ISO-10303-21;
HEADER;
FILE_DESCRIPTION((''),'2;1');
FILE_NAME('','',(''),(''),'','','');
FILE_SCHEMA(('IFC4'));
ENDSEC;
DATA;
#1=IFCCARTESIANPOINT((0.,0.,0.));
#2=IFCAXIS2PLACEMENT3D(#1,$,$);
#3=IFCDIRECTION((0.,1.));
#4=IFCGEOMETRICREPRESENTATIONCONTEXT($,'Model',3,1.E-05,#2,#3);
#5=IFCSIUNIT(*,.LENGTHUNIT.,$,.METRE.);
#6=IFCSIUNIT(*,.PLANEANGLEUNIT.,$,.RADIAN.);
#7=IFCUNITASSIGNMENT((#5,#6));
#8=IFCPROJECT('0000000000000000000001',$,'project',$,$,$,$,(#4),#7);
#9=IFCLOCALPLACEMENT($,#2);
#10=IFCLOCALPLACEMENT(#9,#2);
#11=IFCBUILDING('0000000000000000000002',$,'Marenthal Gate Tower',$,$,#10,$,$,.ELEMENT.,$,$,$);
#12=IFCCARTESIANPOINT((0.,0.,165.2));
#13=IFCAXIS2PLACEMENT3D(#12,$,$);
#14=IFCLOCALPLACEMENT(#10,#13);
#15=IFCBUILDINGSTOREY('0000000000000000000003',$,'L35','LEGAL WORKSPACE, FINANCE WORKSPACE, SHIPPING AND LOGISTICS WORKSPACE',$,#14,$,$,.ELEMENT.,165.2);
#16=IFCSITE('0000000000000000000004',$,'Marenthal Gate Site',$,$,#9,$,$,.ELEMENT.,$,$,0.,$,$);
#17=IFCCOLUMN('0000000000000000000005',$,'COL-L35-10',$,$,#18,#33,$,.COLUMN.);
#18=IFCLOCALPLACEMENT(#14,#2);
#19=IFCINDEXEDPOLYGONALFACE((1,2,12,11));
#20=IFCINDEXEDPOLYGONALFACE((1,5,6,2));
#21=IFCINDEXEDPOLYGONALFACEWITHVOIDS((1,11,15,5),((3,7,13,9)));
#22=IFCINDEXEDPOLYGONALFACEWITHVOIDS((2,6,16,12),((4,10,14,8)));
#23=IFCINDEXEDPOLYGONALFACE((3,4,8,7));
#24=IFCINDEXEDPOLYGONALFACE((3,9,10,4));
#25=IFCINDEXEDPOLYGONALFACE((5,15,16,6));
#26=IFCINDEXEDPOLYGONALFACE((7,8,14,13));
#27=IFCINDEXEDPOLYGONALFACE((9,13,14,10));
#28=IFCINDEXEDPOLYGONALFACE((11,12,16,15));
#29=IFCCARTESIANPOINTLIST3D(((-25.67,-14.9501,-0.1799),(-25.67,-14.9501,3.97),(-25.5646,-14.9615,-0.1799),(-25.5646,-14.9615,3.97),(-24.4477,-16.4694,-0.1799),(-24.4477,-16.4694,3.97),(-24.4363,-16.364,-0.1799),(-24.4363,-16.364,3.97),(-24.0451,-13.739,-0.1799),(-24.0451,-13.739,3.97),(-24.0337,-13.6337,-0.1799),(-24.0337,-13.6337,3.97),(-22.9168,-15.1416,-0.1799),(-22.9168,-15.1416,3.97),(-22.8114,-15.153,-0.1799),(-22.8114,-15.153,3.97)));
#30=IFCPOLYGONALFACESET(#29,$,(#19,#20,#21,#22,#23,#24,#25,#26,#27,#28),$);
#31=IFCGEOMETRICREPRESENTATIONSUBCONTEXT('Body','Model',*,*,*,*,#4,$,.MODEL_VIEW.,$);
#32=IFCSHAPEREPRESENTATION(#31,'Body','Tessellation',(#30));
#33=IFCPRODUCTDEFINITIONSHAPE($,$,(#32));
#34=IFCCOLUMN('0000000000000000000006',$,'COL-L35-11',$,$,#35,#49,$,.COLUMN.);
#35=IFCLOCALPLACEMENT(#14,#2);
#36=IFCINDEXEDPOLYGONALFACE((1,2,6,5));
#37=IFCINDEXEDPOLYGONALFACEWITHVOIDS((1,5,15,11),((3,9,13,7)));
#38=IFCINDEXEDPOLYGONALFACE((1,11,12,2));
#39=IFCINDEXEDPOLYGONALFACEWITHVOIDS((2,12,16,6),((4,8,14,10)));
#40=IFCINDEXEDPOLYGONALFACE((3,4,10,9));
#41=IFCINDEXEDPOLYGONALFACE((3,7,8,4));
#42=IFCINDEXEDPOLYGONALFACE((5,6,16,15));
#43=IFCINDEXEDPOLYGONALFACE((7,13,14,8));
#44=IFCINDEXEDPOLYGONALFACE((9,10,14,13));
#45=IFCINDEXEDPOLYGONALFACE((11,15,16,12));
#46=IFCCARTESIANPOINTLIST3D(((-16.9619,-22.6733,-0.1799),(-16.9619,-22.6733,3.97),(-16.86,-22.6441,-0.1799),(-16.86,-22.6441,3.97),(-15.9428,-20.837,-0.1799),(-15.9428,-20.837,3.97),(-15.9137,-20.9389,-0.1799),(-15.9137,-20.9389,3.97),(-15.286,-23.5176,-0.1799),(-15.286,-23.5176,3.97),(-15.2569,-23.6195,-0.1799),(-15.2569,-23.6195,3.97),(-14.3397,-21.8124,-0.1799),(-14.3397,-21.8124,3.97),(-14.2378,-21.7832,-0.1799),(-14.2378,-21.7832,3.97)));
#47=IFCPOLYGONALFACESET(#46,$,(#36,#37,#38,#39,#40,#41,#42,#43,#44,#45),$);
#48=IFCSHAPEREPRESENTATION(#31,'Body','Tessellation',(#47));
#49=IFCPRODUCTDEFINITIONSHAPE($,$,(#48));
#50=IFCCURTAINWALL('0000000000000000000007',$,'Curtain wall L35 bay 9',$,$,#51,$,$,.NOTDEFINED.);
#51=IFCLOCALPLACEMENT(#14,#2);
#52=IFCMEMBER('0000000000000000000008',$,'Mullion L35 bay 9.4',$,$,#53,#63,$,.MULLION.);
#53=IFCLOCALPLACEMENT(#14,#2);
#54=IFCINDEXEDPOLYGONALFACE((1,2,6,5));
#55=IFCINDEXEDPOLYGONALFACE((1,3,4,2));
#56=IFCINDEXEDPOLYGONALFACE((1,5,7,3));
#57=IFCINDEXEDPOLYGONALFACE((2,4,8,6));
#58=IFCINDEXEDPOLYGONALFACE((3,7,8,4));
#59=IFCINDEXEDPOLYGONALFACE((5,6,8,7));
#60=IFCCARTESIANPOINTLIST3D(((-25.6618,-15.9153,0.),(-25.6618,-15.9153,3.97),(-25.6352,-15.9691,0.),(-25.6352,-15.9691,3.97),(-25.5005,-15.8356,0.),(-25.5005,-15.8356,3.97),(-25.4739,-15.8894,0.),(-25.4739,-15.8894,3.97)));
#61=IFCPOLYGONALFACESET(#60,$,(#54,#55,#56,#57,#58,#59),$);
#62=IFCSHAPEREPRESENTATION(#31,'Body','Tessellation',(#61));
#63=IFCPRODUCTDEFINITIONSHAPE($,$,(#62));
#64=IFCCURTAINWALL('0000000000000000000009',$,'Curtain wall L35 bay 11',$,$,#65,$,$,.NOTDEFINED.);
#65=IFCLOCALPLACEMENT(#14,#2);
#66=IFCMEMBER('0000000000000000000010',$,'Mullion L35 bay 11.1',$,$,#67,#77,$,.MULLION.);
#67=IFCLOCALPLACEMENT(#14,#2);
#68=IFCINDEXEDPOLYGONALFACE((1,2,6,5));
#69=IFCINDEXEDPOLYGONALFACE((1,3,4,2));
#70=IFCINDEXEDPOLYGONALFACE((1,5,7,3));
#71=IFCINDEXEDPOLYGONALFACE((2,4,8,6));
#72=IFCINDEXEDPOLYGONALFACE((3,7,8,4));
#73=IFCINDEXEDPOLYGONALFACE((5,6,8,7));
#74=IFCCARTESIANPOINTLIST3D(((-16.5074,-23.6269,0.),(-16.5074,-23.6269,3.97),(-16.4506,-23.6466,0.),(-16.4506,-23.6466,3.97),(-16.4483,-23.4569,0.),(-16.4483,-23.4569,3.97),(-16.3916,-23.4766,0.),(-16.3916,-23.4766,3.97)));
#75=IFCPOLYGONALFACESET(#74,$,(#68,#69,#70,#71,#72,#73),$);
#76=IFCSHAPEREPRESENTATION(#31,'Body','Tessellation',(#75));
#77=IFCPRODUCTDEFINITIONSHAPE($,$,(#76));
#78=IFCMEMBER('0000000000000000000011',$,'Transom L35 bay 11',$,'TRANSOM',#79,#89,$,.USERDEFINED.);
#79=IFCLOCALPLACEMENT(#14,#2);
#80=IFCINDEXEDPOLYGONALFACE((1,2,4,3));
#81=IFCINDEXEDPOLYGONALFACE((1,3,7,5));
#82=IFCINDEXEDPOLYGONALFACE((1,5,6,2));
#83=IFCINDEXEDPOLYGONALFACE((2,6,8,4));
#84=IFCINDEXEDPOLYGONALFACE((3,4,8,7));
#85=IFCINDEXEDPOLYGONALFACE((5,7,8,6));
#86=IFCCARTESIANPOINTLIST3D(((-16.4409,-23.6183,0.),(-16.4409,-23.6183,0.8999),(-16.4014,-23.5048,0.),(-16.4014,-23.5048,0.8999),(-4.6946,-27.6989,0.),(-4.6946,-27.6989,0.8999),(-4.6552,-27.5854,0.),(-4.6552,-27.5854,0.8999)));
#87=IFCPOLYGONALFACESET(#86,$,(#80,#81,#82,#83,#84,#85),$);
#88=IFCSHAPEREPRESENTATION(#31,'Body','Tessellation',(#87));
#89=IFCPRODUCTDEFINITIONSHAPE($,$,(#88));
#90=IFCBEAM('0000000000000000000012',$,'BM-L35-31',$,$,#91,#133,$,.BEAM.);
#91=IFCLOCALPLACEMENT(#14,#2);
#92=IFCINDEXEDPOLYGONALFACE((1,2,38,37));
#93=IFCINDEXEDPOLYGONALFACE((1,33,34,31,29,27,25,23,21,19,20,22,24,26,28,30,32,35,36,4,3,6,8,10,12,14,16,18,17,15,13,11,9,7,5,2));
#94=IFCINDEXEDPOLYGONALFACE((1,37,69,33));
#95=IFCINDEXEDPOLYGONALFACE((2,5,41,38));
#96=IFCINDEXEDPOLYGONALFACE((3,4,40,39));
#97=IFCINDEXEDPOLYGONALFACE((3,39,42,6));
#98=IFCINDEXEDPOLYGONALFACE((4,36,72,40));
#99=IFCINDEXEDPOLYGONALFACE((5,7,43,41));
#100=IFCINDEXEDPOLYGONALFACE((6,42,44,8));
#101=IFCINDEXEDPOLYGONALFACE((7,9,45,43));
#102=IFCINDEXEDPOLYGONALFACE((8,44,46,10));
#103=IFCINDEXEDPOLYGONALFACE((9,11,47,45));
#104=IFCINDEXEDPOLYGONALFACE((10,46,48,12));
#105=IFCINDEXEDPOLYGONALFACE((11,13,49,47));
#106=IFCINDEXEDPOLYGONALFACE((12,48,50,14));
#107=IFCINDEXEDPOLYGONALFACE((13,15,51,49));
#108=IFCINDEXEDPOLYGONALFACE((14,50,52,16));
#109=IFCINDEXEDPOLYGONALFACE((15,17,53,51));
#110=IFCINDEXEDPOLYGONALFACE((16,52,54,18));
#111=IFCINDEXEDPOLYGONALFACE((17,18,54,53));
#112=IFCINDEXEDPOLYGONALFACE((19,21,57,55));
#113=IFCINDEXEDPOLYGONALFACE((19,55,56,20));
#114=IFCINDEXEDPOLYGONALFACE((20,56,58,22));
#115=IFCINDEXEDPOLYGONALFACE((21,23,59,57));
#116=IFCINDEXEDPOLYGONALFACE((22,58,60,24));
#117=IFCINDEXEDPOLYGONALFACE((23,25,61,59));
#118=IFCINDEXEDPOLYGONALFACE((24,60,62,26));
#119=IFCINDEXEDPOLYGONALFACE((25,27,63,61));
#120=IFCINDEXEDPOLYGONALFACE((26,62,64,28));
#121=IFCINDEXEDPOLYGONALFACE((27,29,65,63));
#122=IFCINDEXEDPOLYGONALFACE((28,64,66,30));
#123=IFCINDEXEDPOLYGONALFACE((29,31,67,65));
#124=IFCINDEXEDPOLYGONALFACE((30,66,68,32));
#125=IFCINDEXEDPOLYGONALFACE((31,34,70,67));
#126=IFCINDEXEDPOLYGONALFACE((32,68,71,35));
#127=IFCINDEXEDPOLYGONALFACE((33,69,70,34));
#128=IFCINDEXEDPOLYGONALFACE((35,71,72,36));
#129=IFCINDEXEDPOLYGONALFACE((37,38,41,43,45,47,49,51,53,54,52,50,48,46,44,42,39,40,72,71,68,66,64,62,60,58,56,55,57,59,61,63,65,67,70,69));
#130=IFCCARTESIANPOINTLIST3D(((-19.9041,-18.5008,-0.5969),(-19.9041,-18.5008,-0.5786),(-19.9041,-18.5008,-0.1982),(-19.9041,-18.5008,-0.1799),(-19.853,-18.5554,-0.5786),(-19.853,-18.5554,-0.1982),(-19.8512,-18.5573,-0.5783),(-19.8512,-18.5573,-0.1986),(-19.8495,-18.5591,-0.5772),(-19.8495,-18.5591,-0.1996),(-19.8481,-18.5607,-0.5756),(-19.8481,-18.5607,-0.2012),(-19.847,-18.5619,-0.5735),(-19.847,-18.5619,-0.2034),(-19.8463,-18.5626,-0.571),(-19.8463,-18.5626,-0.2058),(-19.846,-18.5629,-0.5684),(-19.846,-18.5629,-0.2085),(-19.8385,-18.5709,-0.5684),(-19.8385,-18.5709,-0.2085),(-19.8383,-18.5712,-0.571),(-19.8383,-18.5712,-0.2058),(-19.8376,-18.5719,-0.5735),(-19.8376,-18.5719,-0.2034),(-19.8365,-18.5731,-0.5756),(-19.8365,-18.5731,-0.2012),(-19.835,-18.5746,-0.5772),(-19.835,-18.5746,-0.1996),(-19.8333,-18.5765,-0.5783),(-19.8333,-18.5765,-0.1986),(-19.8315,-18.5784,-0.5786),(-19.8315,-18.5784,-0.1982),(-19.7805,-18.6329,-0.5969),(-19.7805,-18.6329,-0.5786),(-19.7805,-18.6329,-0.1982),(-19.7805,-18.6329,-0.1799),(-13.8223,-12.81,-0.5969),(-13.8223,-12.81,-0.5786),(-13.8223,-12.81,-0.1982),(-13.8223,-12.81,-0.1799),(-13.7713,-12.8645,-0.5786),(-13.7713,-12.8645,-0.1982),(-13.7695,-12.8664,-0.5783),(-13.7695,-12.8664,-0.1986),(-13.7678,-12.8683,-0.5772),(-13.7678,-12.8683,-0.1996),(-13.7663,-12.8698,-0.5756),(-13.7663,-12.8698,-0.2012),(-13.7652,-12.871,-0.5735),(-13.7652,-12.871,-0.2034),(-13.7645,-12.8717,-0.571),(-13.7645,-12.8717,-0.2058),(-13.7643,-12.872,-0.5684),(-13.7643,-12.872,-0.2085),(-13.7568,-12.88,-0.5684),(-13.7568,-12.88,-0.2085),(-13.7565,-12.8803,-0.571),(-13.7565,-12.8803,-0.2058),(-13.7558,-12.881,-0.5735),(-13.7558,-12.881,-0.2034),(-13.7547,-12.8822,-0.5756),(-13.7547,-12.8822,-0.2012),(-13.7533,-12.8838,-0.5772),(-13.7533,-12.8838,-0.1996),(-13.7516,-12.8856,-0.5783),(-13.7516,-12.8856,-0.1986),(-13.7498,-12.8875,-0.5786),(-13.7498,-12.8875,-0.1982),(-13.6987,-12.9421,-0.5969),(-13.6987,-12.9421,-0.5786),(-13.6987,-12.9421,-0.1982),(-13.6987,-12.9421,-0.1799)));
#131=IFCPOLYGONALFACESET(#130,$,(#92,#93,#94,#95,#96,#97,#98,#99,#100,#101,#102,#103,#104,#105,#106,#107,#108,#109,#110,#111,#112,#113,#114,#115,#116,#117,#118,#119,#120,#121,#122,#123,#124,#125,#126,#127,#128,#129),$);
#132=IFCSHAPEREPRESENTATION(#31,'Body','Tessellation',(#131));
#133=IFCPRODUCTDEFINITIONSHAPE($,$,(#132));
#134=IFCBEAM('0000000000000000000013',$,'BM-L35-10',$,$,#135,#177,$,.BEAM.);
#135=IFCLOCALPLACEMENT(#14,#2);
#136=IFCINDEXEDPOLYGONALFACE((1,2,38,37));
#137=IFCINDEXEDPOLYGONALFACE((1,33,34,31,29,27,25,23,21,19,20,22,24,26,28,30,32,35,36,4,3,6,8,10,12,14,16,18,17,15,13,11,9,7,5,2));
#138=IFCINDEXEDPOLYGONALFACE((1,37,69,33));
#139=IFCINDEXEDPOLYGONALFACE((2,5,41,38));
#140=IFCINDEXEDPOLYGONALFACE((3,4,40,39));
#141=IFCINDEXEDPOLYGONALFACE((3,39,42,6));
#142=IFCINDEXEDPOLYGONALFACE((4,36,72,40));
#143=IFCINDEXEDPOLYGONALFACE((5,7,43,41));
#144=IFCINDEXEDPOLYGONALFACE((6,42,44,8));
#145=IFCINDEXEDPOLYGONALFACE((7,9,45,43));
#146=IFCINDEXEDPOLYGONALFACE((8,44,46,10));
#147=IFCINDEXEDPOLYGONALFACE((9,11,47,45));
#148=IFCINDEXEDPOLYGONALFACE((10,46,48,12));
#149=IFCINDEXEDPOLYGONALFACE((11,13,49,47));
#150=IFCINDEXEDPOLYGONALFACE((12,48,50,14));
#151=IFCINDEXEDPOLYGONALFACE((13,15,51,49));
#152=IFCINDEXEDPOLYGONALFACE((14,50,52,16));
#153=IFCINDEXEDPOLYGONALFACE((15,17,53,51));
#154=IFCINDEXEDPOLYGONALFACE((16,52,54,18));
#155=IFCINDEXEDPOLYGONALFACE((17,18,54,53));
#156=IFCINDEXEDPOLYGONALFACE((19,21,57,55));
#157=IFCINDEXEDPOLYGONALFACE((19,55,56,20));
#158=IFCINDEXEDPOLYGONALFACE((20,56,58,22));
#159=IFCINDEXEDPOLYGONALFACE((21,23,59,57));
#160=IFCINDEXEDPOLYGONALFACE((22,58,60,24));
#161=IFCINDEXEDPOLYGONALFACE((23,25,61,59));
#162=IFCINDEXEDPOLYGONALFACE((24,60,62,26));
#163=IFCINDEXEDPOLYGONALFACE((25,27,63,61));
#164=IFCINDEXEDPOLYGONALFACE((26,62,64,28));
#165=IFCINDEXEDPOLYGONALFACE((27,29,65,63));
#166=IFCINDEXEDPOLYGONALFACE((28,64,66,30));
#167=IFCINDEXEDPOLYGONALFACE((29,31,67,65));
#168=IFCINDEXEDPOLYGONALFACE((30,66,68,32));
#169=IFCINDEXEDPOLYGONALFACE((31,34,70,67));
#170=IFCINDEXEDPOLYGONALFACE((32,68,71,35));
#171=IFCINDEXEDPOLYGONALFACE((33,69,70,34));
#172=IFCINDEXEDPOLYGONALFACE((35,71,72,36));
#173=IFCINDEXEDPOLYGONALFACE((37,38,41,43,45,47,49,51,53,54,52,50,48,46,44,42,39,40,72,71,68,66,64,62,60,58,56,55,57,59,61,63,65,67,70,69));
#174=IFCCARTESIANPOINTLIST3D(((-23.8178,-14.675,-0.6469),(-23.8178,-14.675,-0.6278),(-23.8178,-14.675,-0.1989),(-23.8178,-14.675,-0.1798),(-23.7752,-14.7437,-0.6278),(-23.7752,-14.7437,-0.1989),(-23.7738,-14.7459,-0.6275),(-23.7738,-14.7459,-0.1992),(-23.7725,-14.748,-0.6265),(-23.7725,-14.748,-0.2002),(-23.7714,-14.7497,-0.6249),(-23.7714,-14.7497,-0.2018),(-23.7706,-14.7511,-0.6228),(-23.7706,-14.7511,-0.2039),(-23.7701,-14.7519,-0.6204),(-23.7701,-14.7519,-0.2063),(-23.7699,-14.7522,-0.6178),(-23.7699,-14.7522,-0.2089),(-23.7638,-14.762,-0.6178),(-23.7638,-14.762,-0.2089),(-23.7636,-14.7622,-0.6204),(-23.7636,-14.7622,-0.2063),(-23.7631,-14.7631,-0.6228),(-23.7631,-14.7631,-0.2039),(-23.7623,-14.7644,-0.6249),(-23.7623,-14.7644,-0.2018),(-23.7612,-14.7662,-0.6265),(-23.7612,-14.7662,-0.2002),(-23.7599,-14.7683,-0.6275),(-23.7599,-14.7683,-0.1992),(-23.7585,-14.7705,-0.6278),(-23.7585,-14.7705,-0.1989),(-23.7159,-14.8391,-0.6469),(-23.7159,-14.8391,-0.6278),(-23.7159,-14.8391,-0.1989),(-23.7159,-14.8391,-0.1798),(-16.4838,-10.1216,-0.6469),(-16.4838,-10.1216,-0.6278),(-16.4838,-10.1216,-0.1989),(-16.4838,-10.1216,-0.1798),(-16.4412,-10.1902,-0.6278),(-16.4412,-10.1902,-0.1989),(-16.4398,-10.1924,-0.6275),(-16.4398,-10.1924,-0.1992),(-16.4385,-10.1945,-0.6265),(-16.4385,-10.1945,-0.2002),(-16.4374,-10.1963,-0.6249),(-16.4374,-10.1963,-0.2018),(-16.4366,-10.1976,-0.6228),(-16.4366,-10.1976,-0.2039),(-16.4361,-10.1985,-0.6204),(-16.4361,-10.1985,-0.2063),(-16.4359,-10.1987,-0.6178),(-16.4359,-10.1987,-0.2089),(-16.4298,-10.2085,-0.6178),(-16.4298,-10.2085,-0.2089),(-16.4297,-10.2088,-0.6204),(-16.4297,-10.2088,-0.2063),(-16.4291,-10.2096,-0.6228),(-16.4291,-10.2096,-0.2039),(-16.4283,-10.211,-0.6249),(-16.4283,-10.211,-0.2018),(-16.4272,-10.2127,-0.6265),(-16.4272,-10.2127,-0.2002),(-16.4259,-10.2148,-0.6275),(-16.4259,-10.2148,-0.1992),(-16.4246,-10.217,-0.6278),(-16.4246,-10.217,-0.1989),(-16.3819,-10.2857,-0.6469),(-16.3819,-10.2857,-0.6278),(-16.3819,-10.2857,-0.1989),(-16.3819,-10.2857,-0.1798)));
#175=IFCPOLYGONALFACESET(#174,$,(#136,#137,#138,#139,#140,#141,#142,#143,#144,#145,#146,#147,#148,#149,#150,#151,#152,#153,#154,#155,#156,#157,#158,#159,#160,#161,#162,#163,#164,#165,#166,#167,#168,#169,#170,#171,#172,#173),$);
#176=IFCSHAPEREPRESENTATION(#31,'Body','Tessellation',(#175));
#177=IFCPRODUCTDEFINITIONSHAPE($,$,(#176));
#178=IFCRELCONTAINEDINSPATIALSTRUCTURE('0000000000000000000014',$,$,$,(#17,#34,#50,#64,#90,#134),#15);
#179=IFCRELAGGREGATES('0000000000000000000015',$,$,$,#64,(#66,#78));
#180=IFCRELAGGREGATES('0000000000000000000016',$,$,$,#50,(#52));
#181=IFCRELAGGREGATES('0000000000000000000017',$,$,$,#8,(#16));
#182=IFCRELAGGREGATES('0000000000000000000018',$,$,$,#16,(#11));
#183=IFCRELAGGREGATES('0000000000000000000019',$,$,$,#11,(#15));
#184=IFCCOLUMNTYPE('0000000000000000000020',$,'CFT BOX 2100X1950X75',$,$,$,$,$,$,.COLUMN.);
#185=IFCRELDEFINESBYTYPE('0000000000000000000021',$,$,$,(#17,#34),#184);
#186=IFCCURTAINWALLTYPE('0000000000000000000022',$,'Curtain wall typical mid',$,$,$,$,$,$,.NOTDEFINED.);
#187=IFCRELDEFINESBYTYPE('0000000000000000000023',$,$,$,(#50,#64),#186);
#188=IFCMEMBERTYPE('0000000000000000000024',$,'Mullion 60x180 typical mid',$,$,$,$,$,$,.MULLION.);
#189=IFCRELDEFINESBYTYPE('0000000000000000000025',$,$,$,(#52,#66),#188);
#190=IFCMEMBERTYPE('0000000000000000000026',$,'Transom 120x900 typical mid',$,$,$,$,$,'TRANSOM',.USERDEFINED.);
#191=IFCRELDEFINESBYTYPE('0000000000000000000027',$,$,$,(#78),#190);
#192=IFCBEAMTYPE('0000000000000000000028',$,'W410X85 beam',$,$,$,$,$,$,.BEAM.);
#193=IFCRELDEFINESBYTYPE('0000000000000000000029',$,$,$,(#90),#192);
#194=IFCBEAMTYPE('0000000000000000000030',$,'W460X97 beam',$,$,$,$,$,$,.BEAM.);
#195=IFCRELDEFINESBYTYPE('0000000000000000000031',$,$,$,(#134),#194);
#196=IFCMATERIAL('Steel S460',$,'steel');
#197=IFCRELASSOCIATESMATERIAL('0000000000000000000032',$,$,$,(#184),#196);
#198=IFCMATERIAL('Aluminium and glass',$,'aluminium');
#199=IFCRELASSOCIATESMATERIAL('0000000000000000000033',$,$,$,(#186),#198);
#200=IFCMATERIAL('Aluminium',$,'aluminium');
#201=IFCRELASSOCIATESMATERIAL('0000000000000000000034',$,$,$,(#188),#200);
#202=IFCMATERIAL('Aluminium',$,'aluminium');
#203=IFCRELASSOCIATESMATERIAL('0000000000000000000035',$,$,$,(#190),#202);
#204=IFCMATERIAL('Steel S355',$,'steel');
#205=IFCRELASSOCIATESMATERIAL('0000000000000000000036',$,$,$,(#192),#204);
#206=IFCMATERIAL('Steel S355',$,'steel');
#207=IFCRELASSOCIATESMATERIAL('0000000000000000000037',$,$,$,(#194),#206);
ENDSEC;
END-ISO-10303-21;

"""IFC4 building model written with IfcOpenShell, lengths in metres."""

from ifc_helpers import new_model, si_unit, direction, frame, origin, origin_2d, place, context, subcontext, project, spatial, rectangle, hollow_rectangle, i_section, extrude, material, material_profile, profile_set, type_object, element, aggregate, save


model = new_model("IFC4")

# Units and contexts
model_context = context("Model", 3, precision=1e-05, world=origin(), true_north=direction((0.0, 1.0)))
body_context = subcontext(model_context, "Body", "Model", "MODEL_VIEW")
ifc_project = project(units=[si_unit("LENGTHUNIT", "METRE"), si_unit("PLANEANGLEUNIT", "RADIAN")], contexts=[model_context])

# Site, building, storey
site_placement = place(None, origin())
site = spatial("IfcSite", under=ifc_project, at=site_placement, Name="Marenthal Gate Site", CompositionType="ELEMENT", RefElevation=0.0)
building_placement = place(site_placement, origin())
building = spatial("IfcBuilding", under=site, at=building_placement, Name="Marenthal Gate Tower", CompositionType="ELEMENT")
storey_placement = place(building_placement, frame((0.0, 0.0, 165.2)))
storey = spatial("IfcBuildingStorey", under=building, at=storey_placement, Name="L35", Description="LEGAL WORKSPACE, FINANCE WORKSPACE, SHIPPING AND LOGISTICS WORKSPACE", CompositionType="ELEMENT", Elevation=165.2)

# Columns
ifc_material_1 = material(Name="Steel S460", Category="steel")
ifc_material_profile_1 = material_profile(ifc_material_1, hollow_rectangle(XDim=1.95, YDim=2.1001, WallThickness=0.075, at=origin_2d()), Name="CFT BOX 2100X1950X75")
ifc_material_2 = material(Name="Concrete 70 MPa", Category="concrete")
ifc_material_profile_2 = material_profile(ifc_material_2, rectangle(XDim=1.8, YDim=1.95, at=origin_2d()), Name="CFT BOX 2100X1950X75 INFILL")
ifc_profile_set_1 = profile_set([ifc_material_profile_1, ifc_material_profile_2], Name="Steel S460 shell, Concrete 70 MPa infill")
column_type = type_object("IfcColumnType", Name="CFT BOX 2100X1950X75", PredefinedType="COLUMN", material=ifc_profile_set_1)
for number, where, z_axis, x_axis, name in (
    (1, (-24.2407, -15.0515, -0.1799), (0.0, 0.0, 1.0), (-0.626831, 0.779155, 0.0), "COL-L35-10"),
    (2, (-15.5999, -22.2283, -0.1799), (0.0, 0.0, 1.0), (-0.87438, 0.485242, 0.0), "COL-L35-11"),
):
    element("IfcColumn", number, at=place(storey_placement, frame(where, z_axis=z_axis, x_axis=x_axis)), inside=storey, type_object=column_type, Name=name, PredefinedType="COLUMN", context=body_context, shape_type="SweptSolid", body=[
        extrude(hollow_rectangle(XDim=1.95, YDim=2.1001, WallThickness=0.075, at=origin_2d()), origin(), (0.0, 0.0, 1.0), 4.1499),
    ])

# Curtain wall, member
ifc_material_3 = material(Name="Aluminium and glass", Category="aluminium")
curtain_wall_type = type_object("IfcCurtainWallType", Name="Curtain wall typical mid", PredefinedType="NOTDEFINED", material=ifc_material_3)
curtain_wall_1_placement = place(storey_placement, origin())
curtain_wall_1 = element("IfcCurtainWall", 3, at=curtain_wall_1_placement, inside=storey, type_object=curtain_wall_type, Name="Curtain wall L35 bay 9", PredefinedType="NOTDEFINED")
ifc_material_4 = material(Name="Aluminium", Category="aluminium")
ifc_material_profile_3 = material_profile(ifc_material_4, rectangle(XDim=0.1799, YDim=0.0601, at=origin_2d()), Name="60x180 aluminium mullion")
ifc_profile_set_2 = profile_set([ifc_material_profile_3], Name="Aluminium")
member_type_1 = type_object("IfcMemberType", Name="Mullion 60x180 typical mid", PredefinedType="MULLION", material=ifc_profile_set_2)
member_1_placement = place(storey_placement, frame((-25.5679, -15.9023, 0.0), z_axis=(0.0, 0.0, 1.0), x_axis=(0.896609, 0.442824, 0.0)))
member_1 = element("IfcMember", 4, at=member_1_placement, type_object=member_type_1, Name="Mullion L35 bay 9.4", PredefinedType="MULLION", context=body_context, shape_type="SweptSolid", body=[
    extrude(rectangle(XDim=0.1799, YDim=0.0601, at=origin_2d()), origin(), (0.0, 0.0, 1.0), 3.97),
])

# Curtain wall, members
curtain_wall_2_placement = place(storey_placement, origin())
curtain_wall_2 = element("IfcCurtainWall", 5, at=curtain_wall_2_placement, inside=storey, type_object=curtain_wall_type, Name="Curtain wall L35 bay 11", PredefinedType="NOTDEFINED")
member_2_placement = place(storey_placement, frame((-16.4495, -23.5518, 0.0), z_axis=(0.0, 0.0, 1.0), x_axis=(0.328158, 0.944623, 0.0)))
member_2 = element("IfcMember", 6, at=member_2_placement, type_object=member_type_1, Name="Mullion L35 bay 11.1", PredefinedType="MULLION", context=body_context, shape_type="SweptSolid", body=[
    extrude(rectangle(XDim=0.1799, YDim=0.0601, at=origin_2d()), origin(), (0.0, 0.0, 1.0), 3.97),
])
ifc_material_5 = material(Name="Aluminium", Category="aluminium")
ifc_material_profile_4 = material_profile(ifc_material_5, rectangle(XDim=0.1201, YDim=0.8999, at=origin_2d()), Name="120x900 aluminium transom")
ifc_profile_set_3 = profile_set([ifc_material_profile_4], Name="Aluminium")
member_type_2 = type_object("IfcMemberType", Name="Transom 120x900 typical mid", ElementType="TRANSOM", PredefinedType="USERDEFINED", material=ifc_profile_set_3)
member_3_placement = place(storey_placement, frame((-16.4211, -23.5615, 0.45), z_axis=(0.944622, -0.32816, 0.0), x_axis=(0.32816, 0.944622, 0.0)))
member_3 = element("IfcMember", 7, at=member_3_placement, type_object=member_type_2, Name="Transom L35 bay 11", ObjectType="TRANSOM", PredefinedType="USERDEFINED", context=body_context, shape_type="SweptSolid", body=[
    extrude(rectangle(XDim=0.1201, YDim=0.8999, at=origin_2d()), origin(), (0.0, 0.0, 1.0), 12.4348),
])
aggregate(curtain_wall_2, [member_2, member_3])

# Beams
ifc_material_6 = material(Name="Steel S355", Category="steel")
ifc_material_profile_5 = material_profile(ifc_material_6, i_section(OverallWidth=0.1809, OverallDepth=0.417, WebThickness=0.011, FlangeThickness=0.0183, FilletRadius=0.0103, at=origin_2d()), Name="W410X85")
ifc_profile_set_4 = profile_set([ifc_material_profile_5], Name="Steel S355")
beam_type_1 = type_object("IfcBeamType", Name="W410X85 beam", PredefinedType="BEAM", material=ifc_profile_set_4)
beam_1_placement = place(storey_placement, frame((-19.8423, -18.5669, -0.3884), z_axis=(0.730181, 0.683253, 0.0), x_axis=(-0.683253, 0.730181, 0.0)))
element("IfcBeam", 8, at=beam_1_placement, inside=storey, type_object=beam_type_1, Name="BM-L35-31", PredefinedType="BEAM", context=body_context, shape_type="SweptSolid", body=[
    extrude(i_section(OverallWidth=0.1809, OverallDepth=0.417, WebThickness=0.011, FlangeThickness=0.0183, FilletRadius=0.0103, at=origin_2d()), origin(), (0.0, 0.0, 1.0), 8.3291),
])
ifc_material_7 = material(Name="Steel S355", Category="steel")
ifc_material_profile_6 = material_profile(ifc_material_7, i_section(OverallWidth=0.1931, OverallDepth=0.467, WebThickness=0.0115, FlangeThickness=0.019, FilletRadius=0.01, at=origin_2d()), Name="W460X97")
ifc_profile_set_5 = profile_set([ifc_material_profile_6], Name="Steel S355")
beam_type_2 = type_object("IfcBeamType", Name="W460X97 beam", PredefinedType="BEAM", material=ifc_profile_set_5)
beam_2_placement = place(storey_placement, frame((-23.7668, -14.7571, -0.4133), z_axis=(0.849571, 0.527475, 0.0), x_axis=(-0.527475, 0.849571, 0.0)))
element("IfcBeam", 9, at=beam_2_placement, inside=storey, type_object=beam_type_2, Name="BM-L35-10", PredefinedType="BEAM", context=body_context, shape_type="SweptSolid", body=[
    extrude(i_section(OverallWidth=0.1931, OverallDepth=0.467, WebThickness=0.0115, FlangeThickness=0.019, FilletRadius=0.01, at=origin_2d()), origin(), (0.0, 0.0, 1.0), 8.6326),
])

aggregate(curtain_wall_1, [member_1])

save(model, "model.ifc")
